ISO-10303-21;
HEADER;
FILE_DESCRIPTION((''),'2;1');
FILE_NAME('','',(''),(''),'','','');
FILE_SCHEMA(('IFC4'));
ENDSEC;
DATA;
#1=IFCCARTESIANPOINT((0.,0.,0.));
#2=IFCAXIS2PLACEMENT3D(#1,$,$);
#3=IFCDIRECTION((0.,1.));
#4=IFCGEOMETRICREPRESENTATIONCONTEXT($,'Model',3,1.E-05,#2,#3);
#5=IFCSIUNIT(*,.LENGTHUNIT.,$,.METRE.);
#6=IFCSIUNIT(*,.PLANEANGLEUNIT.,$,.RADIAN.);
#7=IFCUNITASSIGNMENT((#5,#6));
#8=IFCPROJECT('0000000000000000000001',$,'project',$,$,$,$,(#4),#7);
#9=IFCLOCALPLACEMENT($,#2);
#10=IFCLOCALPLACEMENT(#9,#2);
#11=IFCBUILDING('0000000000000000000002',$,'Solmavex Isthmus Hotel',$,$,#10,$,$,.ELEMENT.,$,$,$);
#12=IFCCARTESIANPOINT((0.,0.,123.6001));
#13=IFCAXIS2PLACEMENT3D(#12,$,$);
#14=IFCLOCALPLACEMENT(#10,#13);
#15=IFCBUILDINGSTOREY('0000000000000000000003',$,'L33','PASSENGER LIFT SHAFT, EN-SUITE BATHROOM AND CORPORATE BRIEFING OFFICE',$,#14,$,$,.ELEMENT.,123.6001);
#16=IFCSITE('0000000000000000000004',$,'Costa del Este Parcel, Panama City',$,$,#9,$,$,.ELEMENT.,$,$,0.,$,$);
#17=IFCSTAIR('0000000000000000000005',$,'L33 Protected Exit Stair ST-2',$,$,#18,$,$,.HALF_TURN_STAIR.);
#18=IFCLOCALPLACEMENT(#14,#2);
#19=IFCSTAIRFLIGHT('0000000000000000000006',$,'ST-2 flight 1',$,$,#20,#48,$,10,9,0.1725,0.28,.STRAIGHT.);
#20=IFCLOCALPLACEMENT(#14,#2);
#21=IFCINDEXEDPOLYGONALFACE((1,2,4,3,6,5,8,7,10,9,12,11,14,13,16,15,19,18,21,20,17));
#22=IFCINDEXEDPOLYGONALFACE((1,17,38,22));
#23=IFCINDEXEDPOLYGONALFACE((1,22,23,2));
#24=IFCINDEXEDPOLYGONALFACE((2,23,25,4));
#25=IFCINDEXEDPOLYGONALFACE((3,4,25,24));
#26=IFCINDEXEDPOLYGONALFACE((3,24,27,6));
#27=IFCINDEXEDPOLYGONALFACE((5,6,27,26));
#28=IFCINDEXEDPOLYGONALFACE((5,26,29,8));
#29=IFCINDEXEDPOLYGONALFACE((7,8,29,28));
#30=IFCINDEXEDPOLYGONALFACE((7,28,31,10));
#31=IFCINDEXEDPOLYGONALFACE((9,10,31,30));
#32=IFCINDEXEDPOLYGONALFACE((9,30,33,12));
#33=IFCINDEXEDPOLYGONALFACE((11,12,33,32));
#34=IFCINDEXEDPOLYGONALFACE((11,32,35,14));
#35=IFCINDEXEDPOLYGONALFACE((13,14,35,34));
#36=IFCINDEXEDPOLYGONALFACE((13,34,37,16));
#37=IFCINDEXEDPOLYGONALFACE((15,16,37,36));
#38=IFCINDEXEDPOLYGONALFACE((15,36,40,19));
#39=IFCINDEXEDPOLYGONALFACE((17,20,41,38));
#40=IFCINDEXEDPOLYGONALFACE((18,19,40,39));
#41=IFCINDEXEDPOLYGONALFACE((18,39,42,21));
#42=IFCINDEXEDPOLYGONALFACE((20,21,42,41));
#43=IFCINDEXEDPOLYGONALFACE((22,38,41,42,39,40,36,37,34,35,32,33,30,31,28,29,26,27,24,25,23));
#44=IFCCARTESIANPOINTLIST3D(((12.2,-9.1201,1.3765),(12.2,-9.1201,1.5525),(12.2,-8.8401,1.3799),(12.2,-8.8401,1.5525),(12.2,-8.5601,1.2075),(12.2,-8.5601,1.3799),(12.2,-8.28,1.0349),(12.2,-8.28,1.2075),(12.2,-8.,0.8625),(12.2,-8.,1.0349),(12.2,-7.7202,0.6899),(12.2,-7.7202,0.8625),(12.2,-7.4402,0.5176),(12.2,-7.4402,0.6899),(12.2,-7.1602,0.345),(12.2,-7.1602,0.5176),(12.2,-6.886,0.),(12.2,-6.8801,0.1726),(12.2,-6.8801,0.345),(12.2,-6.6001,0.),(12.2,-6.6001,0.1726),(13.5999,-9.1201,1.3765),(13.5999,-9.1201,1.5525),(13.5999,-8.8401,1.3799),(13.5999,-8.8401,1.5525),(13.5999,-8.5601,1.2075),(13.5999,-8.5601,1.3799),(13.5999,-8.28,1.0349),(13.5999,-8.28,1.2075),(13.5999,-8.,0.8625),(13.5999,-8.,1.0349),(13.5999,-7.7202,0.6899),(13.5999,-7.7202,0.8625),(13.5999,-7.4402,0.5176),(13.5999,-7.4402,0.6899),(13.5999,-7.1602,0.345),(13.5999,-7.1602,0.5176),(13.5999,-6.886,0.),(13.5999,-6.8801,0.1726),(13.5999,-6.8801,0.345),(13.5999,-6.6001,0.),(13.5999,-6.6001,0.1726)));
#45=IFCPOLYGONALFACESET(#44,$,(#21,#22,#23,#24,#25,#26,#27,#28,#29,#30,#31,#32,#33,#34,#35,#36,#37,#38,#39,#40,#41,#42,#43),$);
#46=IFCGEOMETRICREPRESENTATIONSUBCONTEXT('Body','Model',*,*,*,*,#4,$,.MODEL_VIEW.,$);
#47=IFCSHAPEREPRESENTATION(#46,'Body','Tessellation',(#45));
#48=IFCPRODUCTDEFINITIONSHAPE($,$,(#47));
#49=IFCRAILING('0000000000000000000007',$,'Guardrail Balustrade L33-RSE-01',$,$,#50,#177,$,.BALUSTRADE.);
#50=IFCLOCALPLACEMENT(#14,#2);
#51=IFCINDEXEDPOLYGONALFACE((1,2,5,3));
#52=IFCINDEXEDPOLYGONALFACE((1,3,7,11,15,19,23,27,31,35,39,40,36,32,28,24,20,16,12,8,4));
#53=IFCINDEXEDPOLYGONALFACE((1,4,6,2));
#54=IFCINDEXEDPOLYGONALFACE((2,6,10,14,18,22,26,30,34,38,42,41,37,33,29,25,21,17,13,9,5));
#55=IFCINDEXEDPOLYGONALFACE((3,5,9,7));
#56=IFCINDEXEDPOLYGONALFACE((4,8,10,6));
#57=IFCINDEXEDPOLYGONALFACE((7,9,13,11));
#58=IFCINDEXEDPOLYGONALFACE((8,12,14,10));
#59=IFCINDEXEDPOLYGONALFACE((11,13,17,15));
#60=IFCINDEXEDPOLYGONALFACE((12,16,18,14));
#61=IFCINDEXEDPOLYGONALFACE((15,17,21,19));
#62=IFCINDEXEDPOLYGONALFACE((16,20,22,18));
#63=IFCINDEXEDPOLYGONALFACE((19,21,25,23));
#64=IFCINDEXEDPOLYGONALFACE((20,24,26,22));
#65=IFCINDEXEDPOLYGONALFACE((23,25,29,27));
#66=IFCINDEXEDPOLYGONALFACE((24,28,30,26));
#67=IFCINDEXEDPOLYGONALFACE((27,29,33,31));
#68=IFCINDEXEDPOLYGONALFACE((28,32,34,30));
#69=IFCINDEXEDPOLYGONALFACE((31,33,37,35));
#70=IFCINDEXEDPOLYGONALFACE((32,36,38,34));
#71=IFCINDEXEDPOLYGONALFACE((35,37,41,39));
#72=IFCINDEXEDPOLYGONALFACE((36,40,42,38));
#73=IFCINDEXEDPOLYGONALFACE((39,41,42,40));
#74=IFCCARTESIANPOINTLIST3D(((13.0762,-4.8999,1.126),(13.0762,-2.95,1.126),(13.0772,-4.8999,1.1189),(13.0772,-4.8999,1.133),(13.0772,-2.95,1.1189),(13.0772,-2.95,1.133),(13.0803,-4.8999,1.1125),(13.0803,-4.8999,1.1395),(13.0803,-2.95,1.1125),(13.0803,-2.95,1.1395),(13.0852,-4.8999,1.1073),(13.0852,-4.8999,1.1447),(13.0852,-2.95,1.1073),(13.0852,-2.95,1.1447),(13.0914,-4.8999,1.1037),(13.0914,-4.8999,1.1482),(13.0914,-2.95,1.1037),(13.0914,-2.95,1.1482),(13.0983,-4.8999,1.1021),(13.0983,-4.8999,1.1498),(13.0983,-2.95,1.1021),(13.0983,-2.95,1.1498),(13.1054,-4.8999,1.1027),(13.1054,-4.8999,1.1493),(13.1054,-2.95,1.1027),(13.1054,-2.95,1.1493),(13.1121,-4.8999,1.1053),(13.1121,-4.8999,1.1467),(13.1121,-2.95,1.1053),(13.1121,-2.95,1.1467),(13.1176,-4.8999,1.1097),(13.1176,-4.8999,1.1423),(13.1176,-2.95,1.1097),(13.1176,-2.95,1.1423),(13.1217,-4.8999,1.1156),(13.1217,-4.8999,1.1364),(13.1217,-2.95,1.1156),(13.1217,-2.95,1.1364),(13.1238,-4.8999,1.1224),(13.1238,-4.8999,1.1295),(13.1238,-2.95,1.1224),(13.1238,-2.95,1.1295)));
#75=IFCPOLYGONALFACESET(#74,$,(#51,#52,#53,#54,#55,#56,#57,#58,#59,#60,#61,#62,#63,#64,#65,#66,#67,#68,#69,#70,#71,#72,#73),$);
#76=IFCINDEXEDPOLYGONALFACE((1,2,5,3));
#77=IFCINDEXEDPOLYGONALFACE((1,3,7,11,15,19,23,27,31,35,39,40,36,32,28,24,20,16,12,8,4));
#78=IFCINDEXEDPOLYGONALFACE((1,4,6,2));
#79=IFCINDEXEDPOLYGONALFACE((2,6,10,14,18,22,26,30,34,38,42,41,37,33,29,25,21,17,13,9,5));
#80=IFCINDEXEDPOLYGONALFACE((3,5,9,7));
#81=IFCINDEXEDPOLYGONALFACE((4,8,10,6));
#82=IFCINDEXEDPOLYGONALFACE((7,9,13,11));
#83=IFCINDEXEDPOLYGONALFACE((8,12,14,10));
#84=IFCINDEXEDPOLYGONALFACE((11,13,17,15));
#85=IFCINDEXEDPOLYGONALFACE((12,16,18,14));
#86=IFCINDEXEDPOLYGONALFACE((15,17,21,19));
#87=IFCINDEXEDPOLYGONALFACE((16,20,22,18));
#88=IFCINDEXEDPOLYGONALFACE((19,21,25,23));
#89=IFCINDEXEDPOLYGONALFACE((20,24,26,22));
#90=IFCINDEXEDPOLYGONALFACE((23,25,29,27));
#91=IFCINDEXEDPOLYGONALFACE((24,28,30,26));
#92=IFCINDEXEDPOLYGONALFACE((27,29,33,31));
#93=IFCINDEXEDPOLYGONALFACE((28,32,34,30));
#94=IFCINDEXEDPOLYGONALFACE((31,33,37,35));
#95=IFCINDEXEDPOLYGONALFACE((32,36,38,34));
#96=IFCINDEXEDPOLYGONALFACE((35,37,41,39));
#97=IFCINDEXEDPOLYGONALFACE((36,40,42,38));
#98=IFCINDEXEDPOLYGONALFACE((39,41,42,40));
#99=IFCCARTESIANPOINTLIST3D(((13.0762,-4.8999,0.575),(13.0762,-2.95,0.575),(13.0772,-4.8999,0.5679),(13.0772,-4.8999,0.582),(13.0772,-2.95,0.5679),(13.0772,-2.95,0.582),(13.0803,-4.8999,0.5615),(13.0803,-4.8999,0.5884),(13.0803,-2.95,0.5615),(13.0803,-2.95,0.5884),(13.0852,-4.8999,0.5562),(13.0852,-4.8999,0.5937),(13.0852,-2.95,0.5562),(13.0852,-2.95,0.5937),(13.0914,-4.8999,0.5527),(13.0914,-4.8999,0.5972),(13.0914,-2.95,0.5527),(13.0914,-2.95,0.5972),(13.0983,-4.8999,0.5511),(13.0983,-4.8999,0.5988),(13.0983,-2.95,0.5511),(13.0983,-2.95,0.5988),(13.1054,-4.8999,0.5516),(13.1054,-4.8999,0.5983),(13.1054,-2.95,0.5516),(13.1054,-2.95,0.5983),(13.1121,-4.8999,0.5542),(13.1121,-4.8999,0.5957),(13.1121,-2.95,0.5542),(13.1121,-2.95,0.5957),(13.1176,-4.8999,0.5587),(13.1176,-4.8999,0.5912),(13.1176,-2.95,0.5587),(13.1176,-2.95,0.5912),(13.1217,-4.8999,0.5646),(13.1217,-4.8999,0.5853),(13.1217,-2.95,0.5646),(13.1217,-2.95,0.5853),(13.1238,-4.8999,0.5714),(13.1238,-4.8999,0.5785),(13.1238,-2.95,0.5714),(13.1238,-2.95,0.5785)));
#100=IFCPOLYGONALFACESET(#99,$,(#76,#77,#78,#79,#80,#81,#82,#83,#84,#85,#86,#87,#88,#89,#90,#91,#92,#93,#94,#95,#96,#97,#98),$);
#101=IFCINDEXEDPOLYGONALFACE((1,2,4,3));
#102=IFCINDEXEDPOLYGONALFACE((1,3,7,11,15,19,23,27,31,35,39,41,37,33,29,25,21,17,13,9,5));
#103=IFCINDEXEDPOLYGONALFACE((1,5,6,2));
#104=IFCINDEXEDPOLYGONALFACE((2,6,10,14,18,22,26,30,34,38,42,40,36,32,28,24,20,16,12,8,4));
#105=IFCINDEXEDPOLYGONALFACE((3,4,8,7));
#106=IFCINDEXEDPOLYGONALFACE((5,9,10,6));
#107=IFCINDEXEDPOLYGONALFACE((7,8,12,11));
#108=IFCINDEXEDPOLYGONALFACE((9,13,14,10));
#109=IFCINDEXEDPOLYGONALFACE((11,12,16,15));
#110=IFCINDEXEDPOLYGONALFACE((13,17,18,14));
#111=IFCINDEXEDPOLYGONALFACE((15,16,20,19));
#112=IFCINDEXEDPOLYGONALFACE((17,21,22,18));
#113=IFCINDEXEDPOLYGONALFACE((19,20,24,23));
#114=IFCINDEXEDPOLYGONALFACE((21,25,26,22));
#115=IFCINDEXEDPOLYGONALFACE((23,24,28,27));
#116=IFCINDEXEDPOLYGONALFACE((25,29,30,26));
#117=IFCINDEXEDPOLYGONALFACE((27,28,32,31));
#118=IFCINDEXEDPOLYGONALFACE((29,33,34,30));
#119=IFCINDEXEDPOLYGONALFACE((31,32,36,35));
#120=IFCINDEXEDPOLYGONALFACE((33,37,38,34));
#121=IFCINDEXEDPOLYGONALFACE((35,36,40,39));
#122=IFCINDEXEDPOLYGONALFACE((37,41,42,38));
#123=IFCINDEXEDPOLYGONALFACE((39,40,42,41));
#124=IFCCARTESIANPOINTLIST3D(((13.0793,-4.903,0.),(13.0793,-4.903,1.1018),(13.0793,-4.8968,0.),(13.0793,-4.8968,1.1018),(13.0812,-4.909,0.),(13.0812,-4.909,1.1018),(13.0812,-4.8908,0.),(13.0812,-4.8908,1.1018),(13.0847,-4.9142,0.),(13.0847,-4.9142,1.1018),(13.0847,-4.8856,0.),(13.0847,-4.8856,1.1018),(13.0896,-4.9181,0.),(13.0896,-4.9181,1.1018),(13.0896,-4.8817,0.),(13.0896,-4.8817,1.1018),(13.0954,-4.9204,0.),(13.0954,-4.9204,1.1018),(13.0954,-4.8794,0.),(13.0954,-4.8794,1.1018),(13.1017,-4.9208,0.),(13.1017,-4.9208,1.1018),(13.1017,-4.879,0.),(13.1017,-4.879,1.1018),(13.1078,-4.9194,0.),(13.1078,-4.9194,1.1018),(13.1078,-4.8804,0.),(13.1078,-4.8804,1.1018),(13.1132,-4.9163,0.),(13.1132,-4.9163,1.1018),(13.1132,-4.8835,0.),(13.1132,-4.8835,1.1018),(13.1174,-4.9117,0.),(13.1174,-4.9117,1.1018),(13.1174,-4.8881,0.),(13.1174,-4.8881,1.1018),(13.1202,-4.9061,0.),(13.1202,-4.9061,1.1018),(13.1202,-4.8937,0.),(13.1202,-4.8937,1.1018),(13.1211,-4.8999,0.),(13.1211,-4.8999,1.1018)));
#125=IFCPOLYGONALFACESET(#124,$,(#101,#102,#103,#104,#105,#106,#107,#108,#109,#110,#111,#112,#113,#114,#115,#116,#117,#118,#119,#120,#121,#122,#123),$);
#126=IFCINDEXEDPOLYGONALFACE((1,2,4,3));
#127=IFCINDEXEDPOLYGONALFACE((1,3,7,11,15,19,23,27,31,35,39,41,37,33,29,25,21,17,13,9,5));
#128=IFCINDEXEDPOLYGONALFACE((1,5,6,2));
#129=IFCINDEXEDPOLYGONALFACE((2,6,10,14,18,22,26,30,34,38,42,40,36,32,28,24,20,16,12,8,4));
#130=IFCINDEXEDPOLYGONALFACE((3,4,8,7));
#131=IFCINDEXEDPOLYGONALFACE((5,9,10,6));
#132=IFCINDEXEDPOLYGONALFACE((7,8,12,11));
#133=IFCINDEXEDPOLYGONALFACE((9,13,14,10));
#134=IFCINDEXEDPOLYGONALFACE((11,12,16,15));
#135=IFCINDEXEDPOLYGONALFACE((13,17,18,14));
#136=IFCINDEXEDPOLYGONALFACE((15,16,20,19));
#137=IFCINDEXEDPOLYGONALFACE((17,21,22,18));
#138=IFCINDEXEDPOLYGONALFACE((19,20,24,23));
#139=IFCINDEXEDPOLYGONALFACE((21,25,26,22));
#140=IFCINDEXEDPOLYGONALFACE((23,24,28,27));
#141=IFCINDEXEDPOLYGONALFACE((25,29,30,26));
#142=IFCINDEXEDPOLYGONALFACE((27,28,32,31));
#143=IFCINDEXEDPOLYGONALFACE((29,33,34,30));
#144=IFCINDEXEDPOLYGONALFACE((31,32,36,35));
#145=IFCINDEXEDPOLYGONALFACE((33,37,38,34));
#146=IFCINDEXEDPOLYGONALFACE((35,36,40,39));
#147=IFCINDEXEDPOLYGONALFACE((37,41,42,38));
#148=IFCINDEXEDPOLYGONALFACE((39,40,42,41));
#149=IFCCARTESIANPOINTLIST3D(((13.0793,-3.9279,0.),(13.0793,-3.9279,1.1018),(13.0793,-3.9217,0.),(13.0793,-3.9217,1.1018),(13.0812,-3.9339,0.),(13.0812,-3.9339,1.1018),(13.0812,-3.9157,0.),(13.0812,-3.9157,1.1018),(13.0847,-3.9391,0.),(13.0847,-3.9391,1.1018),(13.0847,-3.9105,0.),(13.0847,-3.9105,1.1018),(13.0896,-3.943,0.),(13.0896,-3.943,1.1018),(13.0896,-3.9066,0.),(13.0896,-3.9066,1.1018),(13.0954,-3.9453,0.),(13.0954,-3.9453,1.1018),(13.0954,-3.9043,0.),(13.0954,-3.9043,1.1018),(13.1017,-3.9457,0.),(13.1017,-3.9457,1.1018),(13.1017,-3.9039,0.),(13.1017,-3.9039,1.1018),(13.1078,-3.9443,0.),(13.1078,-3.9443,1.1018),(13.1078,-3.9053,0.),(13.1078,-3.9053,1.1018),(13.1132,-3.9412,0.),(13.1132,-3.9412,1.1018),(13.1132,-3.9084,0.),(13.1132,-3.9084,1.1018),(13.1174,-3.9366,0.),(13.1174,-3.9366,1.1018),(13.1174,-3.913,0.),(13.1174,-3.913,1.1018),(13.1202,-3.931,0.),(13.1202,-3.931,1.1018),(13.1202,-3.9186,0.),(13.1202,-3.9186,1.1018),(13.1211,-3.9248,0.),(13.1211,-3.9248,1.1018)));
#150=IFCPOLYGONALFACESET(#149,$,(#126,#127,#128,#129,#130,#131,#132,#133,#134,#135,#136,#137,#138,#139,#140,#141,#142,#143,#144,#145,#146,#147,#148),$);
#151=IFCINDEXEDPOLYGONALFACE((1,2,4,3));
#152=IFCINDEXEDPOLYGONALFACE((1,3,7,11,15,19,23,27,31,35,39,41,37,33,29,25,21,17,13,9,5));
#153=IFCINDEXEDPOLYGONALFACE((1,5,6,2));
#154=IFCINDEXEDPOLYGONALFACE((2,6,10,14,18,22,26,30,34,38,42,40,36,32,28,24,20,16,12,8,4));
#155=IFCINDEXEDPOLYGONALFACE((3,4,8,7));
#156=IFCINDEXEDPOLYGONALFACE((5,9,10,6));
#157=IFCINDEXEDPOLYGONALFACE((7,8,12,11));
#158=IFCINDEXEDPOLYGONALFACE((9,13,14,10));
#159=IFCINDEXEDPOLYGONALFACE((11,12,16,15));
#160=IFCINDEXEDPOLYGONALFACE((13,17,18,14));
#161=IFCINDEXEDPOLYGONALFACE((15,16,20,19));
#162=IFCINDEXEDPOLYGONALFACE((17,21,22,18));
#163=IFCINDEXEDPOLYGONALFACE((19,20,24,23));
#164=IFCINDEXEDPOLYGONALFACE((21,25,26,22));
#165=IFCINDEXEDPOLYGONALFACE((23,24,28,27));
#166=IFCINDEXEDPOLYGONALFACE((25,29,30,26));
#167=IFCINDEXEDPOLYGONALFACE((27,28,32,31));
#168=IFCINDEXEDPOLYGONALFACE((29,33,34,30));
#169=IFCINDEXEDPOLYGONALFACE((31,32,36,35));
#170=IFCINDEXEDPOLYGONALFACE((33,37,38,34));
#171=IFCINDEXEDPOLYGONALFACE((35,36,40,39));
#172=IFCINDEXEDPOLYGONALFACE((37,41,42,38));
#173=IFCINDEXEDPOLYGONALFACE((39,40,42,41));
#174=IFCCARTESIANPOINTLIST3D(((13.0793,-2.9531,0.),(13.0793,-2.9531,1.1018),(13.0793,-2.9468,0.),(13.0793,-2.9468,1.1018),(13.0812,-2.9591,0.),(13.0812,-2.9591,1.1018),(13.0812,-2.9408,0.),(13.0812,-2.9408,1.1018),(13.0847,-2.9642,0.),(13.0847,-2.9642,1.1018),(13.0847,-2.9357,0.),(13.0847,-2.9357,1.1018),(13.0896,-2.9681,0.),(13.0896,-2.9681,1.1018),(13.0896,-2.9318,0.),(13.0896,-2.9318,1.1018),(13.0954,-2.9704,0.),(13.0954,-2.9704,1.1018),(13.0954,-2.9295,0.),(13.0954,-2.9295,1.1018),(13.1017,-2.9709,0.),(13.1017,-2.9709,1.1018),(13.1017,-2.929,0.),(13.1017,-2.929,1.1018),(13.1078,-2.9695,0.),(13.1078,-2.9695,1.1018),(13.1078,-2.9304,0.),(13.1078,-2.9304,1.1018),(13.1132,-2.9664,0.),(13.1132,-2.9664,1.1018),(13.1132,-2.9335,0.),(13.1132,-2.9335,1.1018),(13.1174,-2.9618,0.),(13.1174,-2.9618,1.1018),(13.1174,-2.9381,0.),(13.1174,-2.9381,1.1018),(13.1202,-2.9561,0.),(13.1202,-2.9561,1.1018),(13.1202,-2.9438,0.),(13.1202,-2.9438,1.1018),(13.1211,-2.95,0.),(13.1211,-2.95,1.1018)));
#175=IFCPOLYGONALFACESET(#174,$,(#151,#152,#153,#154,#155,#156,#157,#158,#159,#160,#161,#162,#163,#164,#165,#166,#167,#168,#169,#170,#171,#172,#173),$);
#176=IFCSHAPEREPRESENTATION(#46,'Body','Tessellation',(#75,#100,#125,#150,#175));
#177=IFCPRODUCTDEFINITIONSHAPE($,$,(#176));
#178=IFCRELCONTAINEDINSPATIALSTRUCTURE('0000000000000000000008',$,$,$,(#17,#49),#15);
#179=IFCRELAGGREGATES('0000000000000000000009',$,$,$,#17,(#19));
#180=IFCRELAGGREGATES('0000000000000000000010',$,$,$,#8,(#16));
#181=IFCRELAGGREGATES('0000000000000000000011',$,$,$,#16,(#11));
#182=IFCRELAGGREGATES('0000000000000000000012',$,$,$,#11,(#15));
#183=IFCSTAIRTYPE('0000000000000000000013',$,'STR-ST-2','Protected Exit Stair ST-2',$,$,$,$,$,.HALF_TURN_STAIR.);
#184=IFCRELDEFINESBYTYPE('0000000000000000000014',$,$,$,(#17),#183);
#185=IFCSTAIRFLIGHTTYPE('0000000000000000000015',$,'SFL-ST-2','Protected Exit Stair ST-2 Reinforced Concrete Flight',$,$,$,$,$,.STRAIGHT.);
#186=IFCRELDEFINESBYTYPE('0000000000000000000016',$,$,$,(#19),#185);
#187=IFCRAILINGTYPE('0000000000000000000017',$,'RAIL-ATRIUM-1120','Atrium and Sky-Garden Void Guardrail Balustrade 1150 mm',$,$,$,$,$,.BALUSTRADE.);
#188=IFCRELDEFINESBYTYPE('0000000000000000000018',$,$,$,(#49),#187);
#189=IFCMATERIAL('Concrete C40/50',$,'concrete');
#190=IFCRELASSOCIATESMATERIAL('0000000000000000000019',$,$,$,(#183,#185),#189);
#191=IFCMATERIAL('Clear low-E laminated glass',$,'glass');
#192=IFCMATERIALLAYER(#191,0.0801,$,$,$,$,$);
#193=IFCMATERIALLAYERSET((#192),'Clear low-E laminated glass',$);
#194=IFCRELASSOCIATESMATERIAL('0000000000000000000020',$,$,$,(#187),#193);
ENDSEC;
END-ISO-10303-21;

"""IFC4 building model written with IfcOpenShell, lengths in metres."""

from ifc_helpers import new_model, si_unit, direction, frame, origin, origin_2d, place, context, subcontext, project, spatial, polyline, circle, outline, extrude, material, layer, layer_set, type_object, element, aggregate, save


model = new_model("IFC4")

# Units and contexts
model_context = context("Model", 3, precision=1e-05, world=origin(), true_north=direction((0.0, 1.0)))
body_context = subcontext(model_context, "Body", "Model", "MODEL_VIEW")
ifc_project = project(units=[si_unit("LENGTHUNIT", "METRE"), si_unit("PLANEANGLEUNIT", "RADIAN")], contexts=[model_context])

# Site, building, storey
site_placement = place(None, origin())
site = spatial("IfcSite", under=ifc_project, at=site_placement, Name="Costa del Este Parcel, Panama City", CompositionType="ELEMENT", RefElevation=0.0)
building_placement = place(site_placement, origin())
building = spatial("IfcBuilding", under=site, at=building_placement, Name="Solmavex Isthmus Hotel", CompositionType="ELEMENT")
storey_placement = place(building_placement, frame((0.0, 0.0, 123.6001)))
storey = spatial("IfcBuildingStorey", under=building, at=storey_placement, Name="L33", Description="PASSENGER LIFT SHAFT, EN-SUITE BATHROOM AND CORPORATE BRIEFING OFFICE", CompositionType="ELEMENT", Elevation=123.6001)

# Shared definitions
ifc_material_1 = material(Name="Concrete C40/50", Category="concrete")

# Stair, stair flight
stair_type = type_object("IfcStairType", Name="STR-ST-2", Description="Protected Exit Stair ST-2", PredefinedType="HALF_TURN_STAIR", material=ifc_material_1)
stair_placement = place(storey_placement, origin())
stair = element("IfcStair", 1, at=stair_placement, inside=storey, type_object=stair_type, Name="L33 Protected Exit Stair ST-2", PredefinedType="HALF_TURN_STAIR")
stair_flight_type = type_object("IfcStairFlightType", Name="SFL-ST-2", Description="Protected Exit Stair ST-2 Reinforced Concrete Flight", PredefinedType="STRAIGHT", material=ifc_material_1)
stair_flight_placement = place(storey_placement, frame((12.8999, -6.6001, 0.0), z_axis=(0.0, 0.0, 1.0), x_axis=(0.0, -1.0, 0.0)))
stair_flight = element("IfcStairFlight", 2, at=stair_flight_placement, type_object=stair_flight_type, Name="ST-2 flight 1", NumberOfRisers=10, NumberOfTreads=9, PredefinedType="STRAIGHT", RiserHeight=0.1725, TreadLength=0.28, context=body_context, shape_type="SweptSolid", body=[
    extrude(outline(polyline([(0.0, 0.0), (0.0, 0.1726), (0.28, 0.1726), (0.28, 0.345), (0.5601, 0.345), (0.5601, 0.5176), (0.8401, 0.5176), (0.8401, 0.6899), (1.1201, 0.6899), (1.1201, 0.8625), (1.3999, 0.8625), (1.3999, 1.0349), (1.6799, 1.0349), (1.6799, 1.2075), (1.96, 1.2075), (1.96, 1.3799), (2.24, 1.3799), (2.24, 1.5525), (2.52, 1.5525), (2.52, 1.7251), (2.52, 1.3765), (0.2859, 0.0), (0.0, 0.0)])), frame((0.0, 0.7, 0.0), z_axis=(0.0, -1.0, 0.0), x_axis=(1.0, 0.0, 0.0)), (0.0, 0.0, 1.0), 1.3999),
])
aggregate(stair, [stair_flight])

# Railing
ifc_material_2 = material(Name="Clear low-E laminated glass", Category="glass")
ifc_layer_1 = layer(ifc_material_2, 0.0801)
ifc_layer_set_1 = layer_set([ifc_layer_1], Name="Clear low-E laminated glass")
railing_type_1 = type_object("IfcRailingType", Name="RAIL-ATRIUM-1120", Description="Atrium and Sky-Garden Void Guardrail Balustrade 1150 mm", PredefinedType="BALUSTRADE", material=ifc_layer_set_1)
railing_1_placement = place(storey_placement, frame((13.1001, -4.8999, 0.0)))
element("IfcRailing", 3, at=railing_1_placement, inside=storey, type_object=railing_type_1, Name="Guardrail Balustrade L33-RSE-01", PredefinedType="BALUSTRADE", context=body_context, shape_type="SweptSolid", body=[
    extrude(circle(Radius=0.0239, at=origin_2d()), frame((0.0, 0.0, 1.126), z_axis=(0.0, 1.0, 0.0), x_axis=(-1.0, 0.0, 0.0)), (0.0, 0.0, 1.0), 1.95),
    extrude(circle(Radius=0.0239, at=origin_2d()), frame((0.0, 0.0, 0.575), z_axis=(0.0, 1.0, 0.0), x_axis=(-1.0, 0.0, 0.0)), (0.0, 0.0, 1.0), 1.95),
    extrude(circle(Radius=0.021, at=origin_2d()), origin(), (0.0, 0.0, 1.0), 1.1018),
    extrude(circle(Radius=0.021, at=origin_2d()), frame((0.0, 0.9751, 0.0)), (0.0, 0.0, 1.0), 1.1018),
    extrude(circle(Radius=0.021, at=origin_2d()), frame((0.0, 1.95, 0.0)), (0.0, 0.0, 1.0), 1.1018),
])

save(model, "model.ifc")
